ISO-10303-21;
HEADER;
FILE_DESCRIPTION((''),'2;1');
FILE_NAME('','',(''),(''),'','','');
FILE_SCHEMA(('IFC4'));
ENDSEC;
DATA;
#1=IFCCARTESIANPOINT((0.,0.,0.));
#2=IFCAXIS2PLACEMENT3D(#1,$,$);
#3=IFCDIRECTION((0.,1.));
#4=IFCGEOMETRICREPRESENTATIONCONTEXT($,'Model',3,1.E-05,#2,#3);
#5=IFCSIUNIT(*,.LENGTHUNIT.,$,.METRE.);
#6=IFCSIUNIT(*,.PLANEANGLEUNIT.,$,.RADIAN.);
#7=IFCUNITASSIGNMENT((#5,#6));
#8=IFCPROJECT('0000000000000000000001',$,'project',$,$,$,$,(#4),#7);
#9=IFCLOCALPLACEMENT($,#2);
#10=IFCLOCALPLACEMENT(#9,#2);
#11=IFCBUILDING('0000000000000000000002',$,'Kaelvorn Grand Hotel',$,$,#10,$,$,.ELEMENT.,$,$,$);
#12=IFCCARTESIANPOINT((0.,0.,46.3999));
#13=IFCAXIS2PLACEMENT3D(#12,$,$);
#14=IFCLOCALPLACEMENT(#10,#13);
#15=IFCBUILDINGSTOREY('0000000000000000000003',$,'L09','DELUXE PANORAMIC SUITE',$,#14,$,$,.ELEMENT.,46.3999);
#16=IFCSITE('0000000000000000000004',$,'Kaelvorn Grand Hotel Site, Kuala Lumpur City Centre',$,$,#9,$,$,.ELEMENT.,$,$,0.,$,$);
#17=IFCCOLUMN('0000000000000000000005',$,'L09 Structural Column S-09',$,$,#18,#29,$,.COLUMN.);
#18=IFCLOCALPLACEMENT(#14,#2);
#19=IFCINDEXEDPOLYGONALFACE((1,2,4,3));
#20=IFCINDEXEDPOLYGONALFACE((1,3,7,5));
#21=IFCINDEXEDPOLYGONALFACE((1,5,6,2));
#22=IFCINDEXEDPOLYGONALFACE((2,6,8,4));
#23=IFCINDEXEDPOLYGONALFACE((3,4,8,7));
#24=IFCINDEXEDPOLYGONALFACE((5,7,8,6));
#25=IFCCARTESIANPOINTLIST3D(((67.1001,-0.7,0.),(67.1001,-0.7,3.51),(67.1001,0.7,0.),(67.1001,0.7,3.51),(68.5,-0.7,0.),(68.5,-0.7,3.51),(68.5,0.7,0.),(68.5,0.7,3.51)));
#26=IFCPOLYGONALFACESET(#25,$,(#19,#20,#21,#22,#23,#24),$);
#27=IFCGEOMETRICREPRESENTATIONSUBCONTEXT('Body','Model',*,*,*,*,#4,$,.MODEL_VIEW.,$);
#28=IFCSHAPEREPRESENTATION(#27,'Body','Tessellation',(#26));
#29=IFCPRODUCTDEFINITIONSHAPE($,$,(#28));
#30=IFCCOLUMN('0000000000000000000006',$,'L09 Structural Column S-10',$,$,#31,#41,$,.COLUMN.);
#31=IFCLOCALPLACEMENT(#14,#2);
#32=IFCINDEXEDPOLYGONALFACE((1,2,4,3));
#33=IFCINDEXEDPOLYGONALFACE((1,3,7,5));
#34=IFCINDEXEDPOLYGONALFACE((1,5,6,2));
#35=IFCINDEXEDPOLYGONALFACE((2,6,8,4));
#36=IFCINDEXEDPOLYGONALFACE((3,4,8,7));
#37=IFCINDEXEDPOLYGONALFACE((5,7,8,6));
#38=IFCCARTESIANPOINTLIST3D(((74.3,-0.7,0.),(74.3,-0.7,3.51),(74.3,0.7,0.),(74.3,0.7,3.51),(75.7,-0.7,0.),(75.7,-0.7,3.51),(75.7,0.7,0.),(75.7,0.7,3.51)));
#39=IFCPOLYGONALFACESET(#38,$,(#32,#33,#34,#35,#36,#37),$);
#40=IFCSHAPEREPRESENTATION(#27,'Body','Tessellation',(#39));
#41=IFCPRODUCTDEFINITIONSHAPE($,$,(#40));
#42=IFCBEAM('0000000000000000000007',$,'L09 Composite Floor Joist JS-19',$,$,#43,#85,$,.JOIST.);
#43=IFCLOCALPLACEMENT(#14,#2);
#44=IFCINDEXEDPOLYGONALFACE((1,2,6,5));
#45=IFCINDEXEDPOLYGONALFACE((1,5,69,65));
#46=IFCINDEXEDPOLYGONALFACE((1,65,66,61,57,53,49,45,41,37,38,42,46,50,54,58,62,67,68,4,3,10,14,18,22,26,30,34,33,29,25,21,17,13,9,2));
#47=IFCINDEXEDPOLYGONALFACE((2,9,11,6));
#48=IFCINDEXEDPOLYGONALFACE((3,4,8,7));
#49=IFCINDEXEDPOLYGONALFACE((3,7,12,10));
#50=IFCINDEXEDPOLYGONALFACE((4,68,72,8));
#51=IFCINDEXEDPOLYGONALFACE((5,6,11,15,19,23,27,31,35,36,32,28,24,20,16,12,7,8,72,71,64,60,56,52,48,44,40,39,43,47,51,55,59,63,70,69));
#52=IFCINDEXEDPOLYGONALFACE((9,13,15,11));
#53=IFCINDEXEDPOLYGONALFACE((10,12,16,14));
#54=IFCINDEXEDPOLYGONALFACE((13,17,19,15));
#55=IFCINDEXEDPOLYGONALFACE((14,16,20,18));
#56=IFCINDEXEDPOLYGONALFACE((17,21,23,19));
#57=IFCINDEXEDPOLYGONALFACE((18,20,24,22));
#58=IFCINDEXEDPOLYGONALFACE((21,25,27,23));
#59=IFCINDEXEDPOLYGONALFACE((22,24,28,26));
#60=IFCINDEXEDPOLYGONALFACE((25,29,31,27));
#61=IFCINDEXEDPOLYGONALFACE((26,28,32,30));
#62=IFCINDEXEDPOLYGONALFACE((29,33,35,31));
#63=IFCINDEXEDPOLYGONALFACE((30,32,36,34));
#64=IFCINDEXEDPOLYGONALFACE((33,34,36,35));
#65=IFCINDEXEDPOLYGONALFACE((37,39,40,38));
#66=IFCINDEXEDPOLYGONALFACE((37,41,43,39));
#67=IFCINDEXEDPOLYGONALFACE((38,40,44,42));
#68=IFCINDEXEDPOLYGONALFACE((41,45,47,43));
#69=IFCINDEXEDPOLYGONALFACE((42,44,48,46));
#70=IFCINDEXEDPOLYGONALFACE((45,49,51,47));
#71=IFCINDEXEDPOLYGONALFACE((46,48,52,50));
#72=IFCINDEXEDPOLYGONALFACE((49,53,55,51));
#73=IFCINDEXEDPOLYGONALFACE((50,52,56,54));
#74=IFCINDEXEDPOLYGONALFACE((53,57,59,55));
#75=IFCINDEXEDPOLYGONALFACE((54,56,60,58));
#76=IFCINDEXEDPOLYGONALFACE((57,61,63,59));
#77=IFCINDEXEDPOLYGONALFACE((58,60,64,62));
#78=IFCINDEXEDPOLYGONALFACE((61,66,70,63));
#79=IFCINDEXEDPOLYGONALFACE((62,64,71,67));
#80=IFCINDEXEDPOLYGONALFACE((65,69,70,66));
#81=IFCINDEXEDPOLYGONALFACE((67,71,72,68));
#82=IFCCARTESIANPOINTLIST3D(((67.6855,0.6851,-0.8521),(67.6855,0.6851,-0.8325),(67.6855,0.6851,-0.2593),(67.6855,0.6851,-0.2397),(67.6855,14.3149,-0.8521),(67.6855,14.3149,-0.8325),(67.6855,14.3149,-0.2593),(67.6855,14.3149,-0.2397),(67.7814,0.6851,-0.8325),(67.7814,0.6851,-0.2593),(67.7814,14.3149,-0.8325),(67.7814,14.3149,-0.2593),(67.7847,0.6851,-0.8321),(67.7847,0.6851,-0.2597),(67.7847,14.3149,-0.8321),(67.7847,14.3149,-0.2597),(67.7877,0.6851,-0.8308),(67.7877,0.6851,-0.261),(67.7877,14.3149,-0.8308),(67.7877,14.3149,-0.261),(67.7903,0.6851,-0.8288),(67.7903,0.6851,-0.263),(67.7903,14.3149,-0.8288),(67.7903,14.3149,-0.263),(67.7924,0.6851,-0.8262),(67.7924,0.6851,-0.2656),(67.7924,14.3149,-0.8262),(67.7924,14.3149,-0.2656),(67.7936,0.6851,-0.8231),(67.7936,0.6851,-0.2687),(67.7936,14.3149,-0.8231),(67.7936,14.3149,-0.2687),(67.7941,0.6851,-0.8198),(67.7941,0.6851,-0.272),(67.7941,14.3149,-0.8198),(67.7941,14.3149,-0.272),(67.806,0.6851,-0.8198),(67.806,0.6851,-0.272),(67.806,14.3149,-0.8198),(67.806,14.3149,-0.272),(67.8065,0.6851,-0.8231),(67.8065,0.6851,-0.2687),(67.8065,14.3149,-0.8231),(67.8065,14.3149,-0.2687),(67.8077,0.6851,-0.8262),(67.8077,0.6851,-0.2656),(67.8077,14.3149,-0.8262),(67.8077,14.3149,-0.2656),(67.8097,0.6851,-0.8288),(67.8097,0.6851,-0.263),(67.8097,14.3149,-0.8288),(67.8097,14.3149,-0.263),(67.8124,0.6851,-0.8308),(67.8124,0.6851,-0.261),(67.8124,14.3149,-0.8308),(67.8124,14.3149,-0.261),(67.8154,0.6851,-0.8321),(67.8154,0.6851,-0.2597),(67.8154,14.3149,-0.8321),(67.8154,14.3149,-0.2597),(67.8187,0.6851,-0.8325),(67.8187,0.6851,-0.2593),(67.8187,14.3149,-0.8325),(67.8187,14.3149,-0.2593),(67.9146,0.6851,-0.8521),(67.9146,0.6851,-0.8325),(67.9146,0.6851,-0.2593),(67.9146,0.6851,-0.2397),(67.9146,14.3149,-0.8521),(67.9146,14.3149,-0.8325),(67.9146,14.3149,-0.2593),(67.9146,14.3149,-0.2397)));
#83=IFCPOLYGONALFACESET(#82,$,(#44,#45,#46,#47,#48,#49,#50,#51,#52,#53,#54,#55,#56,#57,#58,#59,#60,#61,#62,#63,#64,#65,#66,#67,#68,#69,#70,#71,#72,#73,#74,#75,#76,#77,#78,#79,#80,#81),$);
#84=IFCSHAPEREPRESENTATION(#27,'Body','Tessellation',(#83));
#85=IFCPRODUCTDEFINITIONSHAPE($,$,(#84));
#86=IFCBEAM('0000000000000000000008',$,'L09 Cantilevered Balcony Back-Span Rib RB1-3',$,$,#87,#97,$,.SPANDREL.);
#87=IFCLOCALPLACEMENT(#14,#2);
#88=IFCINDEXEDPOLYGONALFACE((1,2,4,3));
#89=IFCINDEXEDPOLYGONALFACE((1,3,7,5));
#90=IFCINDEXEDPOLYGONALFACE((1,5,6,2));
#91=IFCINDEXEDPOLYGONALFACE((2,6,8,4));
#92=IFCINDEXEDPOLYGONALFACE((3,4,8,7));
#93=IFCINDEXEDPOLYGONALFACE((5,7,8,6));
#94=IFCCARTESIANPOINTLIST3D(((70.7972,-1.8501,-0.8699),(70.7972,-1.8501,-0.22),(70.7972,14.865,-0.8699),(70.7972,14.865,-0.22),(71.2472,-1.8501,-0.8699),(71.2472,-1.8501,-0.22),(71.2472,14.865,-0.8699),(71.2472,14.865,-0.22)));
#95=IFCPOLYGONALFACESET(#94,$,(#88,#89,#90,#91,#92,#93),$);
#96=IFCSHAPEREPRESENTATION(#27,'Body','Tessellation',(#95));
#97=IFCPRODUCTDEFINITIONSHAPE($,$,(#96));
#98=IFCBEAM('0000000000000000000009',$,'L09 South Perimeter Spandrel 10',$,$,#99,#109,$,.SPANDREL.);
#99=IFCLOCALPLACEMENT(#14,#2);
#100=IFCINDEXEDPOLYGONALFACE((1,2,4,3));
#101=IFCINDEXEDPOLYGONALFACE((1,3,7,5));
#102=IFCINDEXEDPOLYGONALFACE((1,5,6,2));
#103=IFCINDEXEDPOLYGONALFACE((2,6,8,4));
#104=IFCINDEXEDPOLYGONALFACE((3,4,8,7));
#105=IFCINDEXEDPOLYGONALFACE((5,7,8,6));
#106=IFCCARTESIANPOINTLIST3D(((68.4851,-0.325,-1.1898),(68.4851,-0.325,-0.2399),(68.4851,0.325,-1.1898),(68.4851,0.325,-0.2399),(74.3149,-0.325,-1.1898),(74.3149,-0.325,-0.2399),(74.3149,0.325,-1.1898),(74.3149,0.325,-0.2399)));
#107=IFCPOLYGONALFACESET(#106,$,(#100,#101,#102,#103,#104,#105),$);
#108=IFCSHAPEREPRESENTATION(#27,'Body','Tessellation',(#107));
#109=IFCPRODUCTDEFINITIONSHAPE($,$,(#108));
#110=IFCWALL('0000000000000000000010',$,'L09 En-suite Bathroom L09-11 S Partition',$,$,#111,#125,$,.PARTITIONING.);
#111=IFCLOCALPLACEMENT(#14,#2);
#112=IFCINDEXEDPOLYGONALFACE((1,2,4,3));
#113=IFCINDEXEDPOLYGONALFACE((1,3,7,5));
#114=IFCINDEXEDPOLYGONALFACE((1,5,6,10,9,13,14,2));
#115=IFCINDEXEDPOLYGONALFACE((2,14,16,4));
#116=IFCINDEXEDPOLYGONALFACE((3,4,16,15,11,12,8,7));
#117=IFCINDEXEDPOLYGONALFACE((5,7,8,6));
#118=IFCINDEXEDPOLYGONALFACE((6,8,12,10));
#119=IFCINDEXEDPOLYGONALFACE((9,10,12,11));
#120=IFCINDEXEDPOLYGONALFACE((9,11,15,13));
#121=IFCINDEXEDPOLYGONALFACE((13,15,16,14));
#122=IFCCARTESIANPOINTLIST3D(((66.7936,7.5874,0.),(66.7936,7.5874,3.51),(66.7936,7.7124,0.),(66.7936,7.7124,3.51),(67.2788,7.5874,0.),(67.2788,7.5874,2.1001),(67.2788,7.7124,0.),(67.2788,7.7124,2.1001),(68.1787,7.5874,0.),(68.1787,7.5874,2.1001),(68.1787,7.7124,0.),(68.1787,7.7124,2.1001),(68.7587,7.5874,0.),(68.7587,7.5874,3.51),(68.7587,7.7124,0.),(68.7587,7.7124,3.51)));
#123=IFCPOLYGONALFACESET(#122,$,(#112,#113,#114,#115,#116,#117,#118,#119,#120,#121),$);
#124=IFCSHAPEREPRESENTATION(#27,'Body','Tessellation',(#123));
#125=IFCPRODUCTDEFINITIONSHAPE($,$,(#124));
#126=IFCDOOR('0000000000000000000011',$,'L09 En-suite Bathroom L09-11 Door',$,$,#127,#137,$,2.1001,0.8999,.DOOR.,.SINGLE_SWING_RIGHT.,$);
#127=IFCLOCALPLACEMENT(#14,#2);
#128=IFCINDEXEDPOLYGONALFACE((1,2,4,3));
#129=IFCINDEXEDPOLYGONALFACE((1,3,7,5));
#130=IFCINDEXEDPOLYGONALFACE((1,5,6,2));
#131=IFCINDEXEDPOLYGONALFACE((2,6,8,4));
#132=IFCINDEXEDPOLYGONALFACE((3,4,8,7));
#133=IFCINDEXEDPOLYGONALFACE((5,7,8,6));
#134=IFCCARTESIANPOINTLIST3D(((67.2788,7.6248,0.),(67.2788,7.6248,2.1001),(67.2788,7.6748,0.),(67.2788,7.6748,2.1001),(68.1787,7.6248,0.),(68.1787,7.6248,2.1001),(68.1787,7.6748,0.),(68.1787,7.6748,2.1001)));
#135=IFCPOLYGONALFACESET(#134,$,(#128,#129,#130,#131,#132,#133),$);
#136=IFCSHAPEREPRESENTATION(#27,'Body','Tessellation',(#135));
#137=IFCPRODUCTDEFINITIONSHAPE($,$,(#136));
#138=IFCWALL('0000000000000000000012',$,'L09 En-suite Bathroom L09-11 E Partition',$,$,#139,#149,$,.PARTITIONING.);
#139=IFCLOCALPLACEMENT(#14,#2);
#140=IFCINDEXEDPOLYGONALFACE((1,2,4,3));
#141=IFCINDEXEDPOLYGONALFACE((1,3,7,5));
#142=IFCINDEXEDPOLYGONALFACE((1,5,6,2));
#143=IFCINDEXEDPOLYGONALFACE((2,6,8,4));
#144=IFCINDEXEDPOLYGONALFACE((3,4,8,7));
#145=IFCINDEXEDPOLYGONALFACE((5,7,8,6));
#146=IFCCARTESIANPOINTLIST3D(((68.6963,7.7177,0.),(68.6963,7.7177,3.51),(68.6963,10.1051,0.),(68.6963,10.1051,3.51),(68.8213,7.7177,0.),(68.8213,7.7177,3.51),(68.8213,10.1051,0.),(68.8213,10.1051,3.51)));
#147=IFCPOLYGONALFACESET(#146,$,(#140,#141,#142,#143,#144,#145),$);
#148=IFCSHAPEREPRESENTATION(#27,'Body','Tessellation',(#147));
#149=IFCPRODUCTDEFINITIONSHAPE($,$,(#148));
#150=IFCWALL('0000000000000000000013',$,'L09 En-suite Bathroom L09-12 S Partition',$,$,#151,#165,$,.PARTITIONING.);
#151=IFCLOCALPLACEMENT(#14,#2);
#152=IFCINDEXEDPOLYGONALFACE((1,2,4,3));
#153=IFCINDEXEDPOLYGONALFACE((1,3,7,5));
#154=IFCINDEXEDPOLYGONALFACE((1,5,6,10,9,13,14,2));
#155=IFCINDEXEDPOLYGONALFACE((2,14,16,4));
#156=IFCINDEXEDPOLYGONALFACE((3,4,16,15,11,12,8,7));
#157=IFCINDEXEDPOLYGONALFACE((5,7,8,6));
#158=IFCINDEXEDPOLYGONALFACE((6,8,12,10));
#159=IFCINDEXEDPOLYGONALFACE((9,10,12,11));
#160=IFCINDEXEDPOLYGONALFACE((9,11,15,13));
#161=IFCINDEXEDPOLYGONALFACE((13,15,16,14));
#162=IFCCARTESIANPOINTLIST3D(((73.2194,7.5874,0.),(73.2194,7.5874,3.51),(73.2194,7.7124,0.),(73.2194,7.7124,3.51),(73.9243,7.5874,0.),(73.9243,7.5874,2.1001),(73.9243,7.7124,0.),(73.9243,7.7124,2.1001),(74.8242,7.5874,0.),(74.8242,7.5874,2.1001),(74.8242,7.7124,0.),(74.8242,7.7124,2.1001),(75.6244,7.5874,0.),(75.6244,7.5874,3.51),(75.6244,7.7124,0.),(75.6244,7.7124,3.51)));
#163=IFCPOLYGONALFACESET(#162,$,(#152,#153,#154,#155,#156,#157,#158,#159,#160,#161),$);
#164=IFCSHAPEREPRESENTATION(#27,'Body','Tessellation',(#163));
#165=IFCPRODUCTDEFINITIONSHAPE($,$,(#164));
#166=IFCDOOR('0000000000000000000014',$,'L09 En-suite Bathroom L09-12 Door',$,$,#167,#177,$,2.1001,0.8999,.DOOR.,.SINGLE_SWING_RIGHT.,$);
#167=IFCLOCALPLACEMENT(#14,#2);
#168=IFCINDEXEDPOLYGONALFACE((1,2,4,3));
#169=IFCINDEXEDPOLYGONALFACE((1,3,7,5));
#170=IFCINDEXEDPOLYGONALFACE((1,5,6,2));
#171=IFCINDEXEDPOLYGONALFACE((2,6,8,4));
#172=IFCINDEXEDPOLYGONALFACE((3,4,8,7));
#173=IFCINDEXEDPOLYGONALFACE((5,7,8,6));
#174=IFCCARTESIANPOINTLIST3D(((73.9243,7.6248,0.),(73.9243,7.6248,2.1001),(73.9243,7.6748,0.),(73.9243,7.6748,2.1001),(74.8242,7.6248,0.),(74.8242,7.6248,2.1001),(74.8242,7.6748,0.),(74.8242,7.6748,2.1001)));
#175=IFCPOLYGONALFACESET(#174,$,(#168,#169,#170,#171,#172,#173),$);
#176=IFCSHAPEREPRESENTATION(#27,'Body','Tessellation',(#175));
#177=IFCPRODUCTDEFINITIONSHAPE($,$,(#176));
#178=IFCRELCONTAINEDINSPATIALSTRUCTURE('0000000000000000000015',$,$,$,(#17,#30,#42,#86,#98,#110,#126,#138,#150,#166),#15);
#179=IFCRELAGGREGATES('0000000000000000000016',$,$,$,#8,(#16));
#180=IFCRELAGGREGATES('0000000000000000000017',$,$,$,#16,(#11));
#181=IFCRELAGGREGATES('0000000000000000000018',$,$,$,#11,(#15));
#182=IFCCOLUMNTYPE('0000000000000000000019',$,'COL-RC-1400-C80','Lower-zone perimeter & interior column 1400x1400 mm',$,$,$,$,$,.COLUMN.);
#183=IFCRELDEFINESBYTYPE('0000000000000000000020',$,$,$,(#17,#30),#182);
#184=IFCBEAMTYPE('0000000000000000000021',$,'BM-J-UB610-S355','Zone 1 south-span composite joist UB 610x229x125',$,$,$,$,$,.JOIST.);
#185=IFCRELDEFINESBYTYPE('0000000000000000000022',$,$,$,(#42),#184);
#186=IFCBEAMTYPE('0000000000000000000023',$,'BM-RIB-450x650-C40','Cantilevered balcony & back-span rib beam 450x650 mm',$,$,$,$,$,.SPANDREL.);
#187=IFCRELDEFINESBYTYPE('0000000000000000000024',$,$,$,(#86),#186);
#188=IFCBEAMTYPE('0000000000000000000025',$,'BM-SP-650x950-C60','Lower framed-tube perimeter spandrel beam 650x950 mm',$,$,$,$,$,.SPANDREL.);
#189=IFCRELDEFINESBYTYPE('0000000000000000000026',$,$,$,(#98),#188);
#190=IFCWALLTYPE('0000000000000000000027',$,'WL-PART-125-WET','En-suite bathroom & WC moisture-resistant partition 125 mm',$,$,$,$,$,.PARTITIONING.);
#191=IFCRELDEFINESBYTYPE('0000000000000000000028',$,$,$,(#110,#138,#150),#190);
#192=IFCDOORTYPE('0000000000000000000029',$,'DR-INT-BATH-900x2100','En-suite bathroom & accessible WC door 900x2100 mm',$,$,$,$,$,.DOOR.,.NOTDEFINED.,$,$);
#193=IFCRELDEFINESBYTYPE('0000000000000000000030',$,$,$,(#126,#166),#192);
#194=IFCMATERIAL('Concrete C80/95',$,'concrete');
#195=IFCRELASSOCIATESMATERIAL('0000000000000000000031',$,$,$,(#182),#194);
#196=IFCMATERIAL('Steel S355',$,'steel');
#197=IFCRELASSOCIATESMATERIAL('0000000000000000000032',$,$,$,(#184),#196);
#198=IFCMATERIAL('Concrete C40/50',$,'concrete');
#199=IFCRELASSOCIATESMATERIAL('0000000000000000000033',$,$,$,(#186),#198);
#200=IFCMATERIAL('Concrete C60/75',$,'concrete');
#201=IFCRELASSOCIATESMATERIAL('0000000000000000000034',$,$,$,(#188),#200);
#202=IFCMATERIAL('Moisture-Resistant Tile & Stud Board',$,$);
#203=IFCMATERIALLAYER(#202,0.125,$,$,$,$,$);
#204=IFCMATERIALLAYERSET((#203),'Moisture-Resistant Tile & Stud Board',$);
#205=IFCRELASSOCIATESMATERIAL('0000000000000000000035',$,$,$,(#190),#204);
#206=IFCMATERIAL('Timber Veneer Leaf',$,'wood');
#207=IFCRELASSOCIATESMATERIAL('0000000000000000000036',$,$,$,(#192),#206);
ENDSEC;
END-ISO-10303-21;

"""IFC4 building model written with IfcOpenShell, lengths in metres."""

from ifc_helpers import new_model, si_unit, direction, frame, frame_2d, origin, origin_2d, place, context, subcontext, project, spatial, rectangle, i_section, extrude, material, layer, layer_set, material_profile, profile_set, type_object, element, fill, save


model = new_model("IFC4")

# Units and contexts
model_context = context("Model", 3, precision=1e-05, world=origin(), true_north=direction((0.0, 1.0)))
body_context = subcontext(model_context, "Body", "Model", "MODEL_VIEW")
ifc_project = project(units=[si_unit("LENGTHUNIT", "METRE"), si_unit("PLANEANGLEUNIT", "RADIAN")], contexts=[model_context])

# Site, building, storey
site_placement = place(None, origin())
site = spatial("IfcSite", under=ifc_project, at=site_placement, Name="Kaelvorn Grand Hotel Site, Kuala Lumpur City Centre", CompositionType="ELEMENT", RefElevation=0.0)
building_placement = place(site_placement, origin())
building = spatial("IfcBuilding", under=site, at=building_placement, Name="Kaelvorn Grand Hotel", CompositionType="ELEMENT")
storey_placement = place(building_placement, frame((0.0, 0.0, 46.3999)))
storey = spatial("IfcBuildingStorey", under=building, at=storey_placement, Name="L09", Description="DELUXE PANORAMIC SUITE", CompositionType="ELEMENT", Elevation=46.3999)

# Columns
ifc_material_1 = material(Name="Concrete C80/95", Category="concrete")
ifc_material_profile_1 = material_profile(ifc_material_1, rectangle(XDim=1.3999, YDim=1.3999, at=origin_2d()), Name="RC COL 1400x1400")
ifc_profile_set_1 = profile_set([ifc_material_profile_1], Name="Concrete C80/95")
column_type = type_object("IfcColumnType", Name="COL-RC-1400-C80", Description="Lower-zone perimeter & interior column 1400x1400 mm", PredefinedType="COLUMN", material=ifc_profile_set_1)
for number, where, z_axis, x_axis, name in (
    (1, (67.8, 0.0, 0.0), (0.0, 0.0, 1.0), (1.0, 0.0, 0.0), "L09 Structural Column S-09"),
    (2, (75.0, 0.0, 0.0), (0.0, 0.0, 1.0), (1.0, 0.0, 0.0), "L09 Structural Column S-10"),
):
    element("IfcColumn", number, at=place(storey_placement, frame(where, z_axis=z_axis, x_axis=x_axis)), inside=storey, type_object=column_type, Name=name, PredefinedType="COLUMN", context=body_context, shape_type="SweptSolid", body=[
        extrude(rectangle(XDim=1.3999, YDim=1.3999, at=origin_2d()), origin(), (0.0, 0.0, 1.0), 3.51),
    ])

# Beams
ifc_material_2 = material(Name="Steel S355", Category="steel")
ifc_material_profile_2 = material_profile(ifc_material_2, i_section(OverallWidth=0.229, OverallDepth=0.6123, WebThickness=0.012, FlangeThickness=0.0195, FilletRadius=0.0127, at=origin_2d()), Name="UB 610x229x125")
ifc_profile_set_2 = profile_set([ifc_material_profile_2], Name="Steel S355")
beam_type_1 = type_object("IfcBeamType", Name="BM-J-UB610-S355", Description="Zone 1 south-span composite joist UB 610x229x125", PredefinedType="JOIST", material=ifc_profile_set_2)
beam_1_placement = place(storey_placement, frame((67.8, 0.6851, -0.5459), z_axis=(0.0, 1.0, 0.0), x_axis=(-1.0, 0.0, 0.0)))
element("IfcBeam", 3, at=beam_1_placement, inside=storey, type_object=beam_type_1, Name="L09 Composite Floor Joist JS-19", PredefinedType="JOIST", context=body_context, shape_type="SweptSolid", body=[
    extrude(i_section(OverallWidth=0.229, OverallDepth=0.6123, WebThickness=0.012, FlangeThickness=0.0195, FilletRadius=0.0127, at=origin_2d()), origin(), (0.0, 0.0, 1.0), 13.6299),
])
ifc_material_3 = material(Name="Concrete C40/50", Category="concrete")
ifc_material_profile_3 = material_profile(ifc_material_3, rectangle(XDim=0.45, YDim=0.6499, at=origin_2d()), Name="RC RIB 450x650")
ifc_profile_set_3 = profile_set([ifc_material_profile_3], Name="Concrete C40/50")
beam_type_2 = type_object("IfcBeamType", Name="BM-RIB-450x650-C40", Description="Cantilevered balcony & back-span rib beam 450x650 mm", PredefinedType="SPANDREL", material=ifc_profile_set_3)
beam_2_placement = place(storey_placement, frame((71.0222, -1.8501, -0.5449), z_axis=(0.0, 1.0, 0.0), x_axis=(-1.0, 0.0, 0.0)))
element("IfcBeam", 4, at=beam_2_placement, inside=storey, type_object=beam_type_2, Name="L09 Cantilevered Balcony Back-Span Rib RB1-3", PredefinedType="SPANDREL", context=body_context, shape_type="SweptSolid", body=[
    extrude(rectangle(XDim=0.45, YDim=0.6499, at=origin_2d()), origin(), (0.0, 0.0, 1.0), 16.7151),
])
ifc_material_4 = material(Name="Concrete C60/75", Category="concrete")
ifc_material_profile_4 = material_profile(ifc_material_4, rectangle(XDim=0.6499, YDim=0.95, at=origin_2d()), Name="RC SPANDREL 650x950")
ifc_profile_set_4 = profile_set([ifc_material_profile_4], Name="Concrete C60/75")
beam_type_3 = type_object("IfcBeamType", Name="BM-SP-650x950-C60", Description="Lower framed-tube perimeter spandrel beam 650x950 mm", PredefinedType="SPANDREL", material=ifc_profile_set_4)
beam_3_placement = place(storey_placement, frame((68.4851, 0.0, -0.7148), z_axis=(1.0, 0.0, 0.0), x_axis=(0.0, 1.0, 0.0)))
element("IfcBeam", 5, at=beam_3_placement, inside=storey, type_object=beam_type_3, Name="L09 South Perimeter Spandrel 10", PredefinedType="SPANDREL", context=body_context, shape_type="SweptSolid", body=[
    extrude(rectangle(XDim=0.6499, YDim=0.95, at=origin_2d()), origin(), (0.0, 0.0, 1.0), 5.8298),
])

# Wall, opening, door
ifc_material_5 = material(Name="Moisture-Resistant Tile & Stud Board")
ifc_layer_1 = layer(ifc_material_5, 0.125)
ifc_layer_set_1 = layer_set([ifc_layer_1], Name="Moisture-Resistant Tile & Stud Board")
wall_type_1 = type_object("IfcWallType", Name="WL-PART-125-WET", Description="En-suite bathroom & WC moisture-resistant partition 125 mm", PredefinedType="PARTITIONING", material=ifc_layer_set_1)
wall_1_placement = place(storey_placement, frame((66.7937, 7.6499, 0.0), z_axis=(0.0, 0.0, 1.0), x_axis=(1.0, 0.0, 0.0)))
wall_1 = element("IfcWall", 6, at=wall_1_placement, inside=storey, type_object=wall_type_1, Name="L09 En-suite Bathroom L09-11 S Partition", PredefinedType="PARTITIONING", context=body_context, shape_type="SweptSolid", body=[
    extrude(rectangle(XDim=1.9651, YDim=0.125, at=frame_2d((0.9824, 0.0))), origin(), (0.0, 0.0, 1.0), 3.51),
])
opening_1_placement = place(wall_1_placement, frame((0.4851, 0.0, 0.0)))
opening_1 = element("IfcOpeningElement", 7, at=opening_1_placement, cuts=wall_1, PredefinedType="OPENING", context=body_context, shape_type="SweptSolid", body=[
    extrude(rectangle(XDim=0.8999, YDim=2.1001, at=frame_2d((0.45, 1.05))), frame((0.0, 0.0725, 0.0), z_axis=(0.0, -1.0, 0.0), x_axis=(1.0, 0.0, 0.0)), (0.0, 0.0, 1.0), 0.145),
])
ifc_material_6 = material(Name="Timber Veneer Leaf", Category="wood")
door_type_1 = type_object("IfcDoorType", Name="DR-INT-BATH-900x2100", Description="En-suite bathroom & accessible WC door 900x2100 mm", OperationType="NOTDEFINED", PredefinedType="DOOR", material=ifc_material_6)
door_1_placement = place(opening_1_placement, origin())
door_1 = element("IfcDoor", 8, at=door_1_placement, inside=storey, type_object=door_type_1, Name="L09 En-suite Bathroom L09-11 Door", OperationType="SINGLE_SWING_RIGHT", OverallHeight=2.1001, OverallWidth=0.8999, PredefinedType="DOOR", context=body_context, shape_type="SweptSolid", body=[
    extrude(rectangle(XDim=0.8999, YDim=2.1001, at=frame_2d((0.45, 1.05))), frame((0.0, 0.0249, 0.0), z_axis=(0.0, -1.0, 0.0), x_axis=(1.0, 0.0, 0.0)), (0.0, 0.0, 1.0), 0.05),
])
fill(opening_1, door_1)

# Wall
wall_2_placement = place(storey_placement, frame((68.7588, 7.7175, 0.0), z_axis=(0.0, 0.0, 1.0), x_axis=(0.0, 1.0, 0.0)))
element("IfcWall", 9, at=wall_2_placement, inside=storey, type_object=wall_type_1, Name="L09 En-suite Bathroom L09-11 E Partition", PredefinedType="PARTITIONING", context=body_context, shape_type="SweptSolid", body=[
    extrude(rectangle(XDim=2.3875, YDim=0.125, at=frame_2d((1.1938, 0.0))), origin(), (0.0, 0.0, 1.0), 3.51),
])

# Wall, opening, door
wall_3_placement = place(storey_placement, frame((73.2192, 7.6499, 0.0), z_axis=(0.0, 0.0, 1.0), x_axis=(1.0, 0.0, 0.0)))
wall_3 = element("IfcWall", 10, at=wall_3_placement, inside=storey, type_object=wall_type_1, Name="L09 En-suite Bathroom L09-12 S Partition", PredefinedType="PARTITIONING", context=body_context, shape_type="SweptSolid", body=[
    extrude(rectangle(XDim=2.405, YDim=0.125, at=frame_2d((1.2026, 0.0))), origin(), (0.0, 0.0, 1.0), 3.51),
])
opening_2_placement = place(wall_3_placement, frame((0.7051, 0.0, 0.0)))
opening_2 = element("IfcOpeningElement", 11, at=opening_2_placement, cuts=wall_3, PredefinedType="OPENING", context=body_context, shape_type="SweptSolid", body=[
    extrude(rectangle(XDim=0.8999, YDim=2.1001, at=frame_2d((0.45, 1.05))), frame((0.0, 0.0725, 0.0), z_axis=(0.0, -1.0, 0.0), x_axis=(1.0, 0.0, 0.0)), (0.0, 0.0, 1.0), 0.145),
])
door_2_placement = place(opening_2_placement, origin())
door_2 = element("IfcDoor", 12, at=door_2_placement, inside=storey, type_object=door_type_1, Name="L09 En-suite Bathroom L09-12 Door", OperationType="SINGLE_SWING_RIGHT", OverallHeight=2.1001, OverallWidth=0.8999, PredefinedType="DOOR", context=body_context, shape_type="SweptSolid", body=[
    extrude(rectangle(XDim=0.8999, YDim=2.1001, at=frame_2d((0.45, 1.05))), frame((0.0, 0.0249, 0.0), z_axis=(0.0, -1.0, 0.0), x_axis=(1.0, 0.0, 0.0)), (0.0, 0.0, 1.0), 0.05),
])
fill(opening_2, door_2)

save(model, "model.ifc")
